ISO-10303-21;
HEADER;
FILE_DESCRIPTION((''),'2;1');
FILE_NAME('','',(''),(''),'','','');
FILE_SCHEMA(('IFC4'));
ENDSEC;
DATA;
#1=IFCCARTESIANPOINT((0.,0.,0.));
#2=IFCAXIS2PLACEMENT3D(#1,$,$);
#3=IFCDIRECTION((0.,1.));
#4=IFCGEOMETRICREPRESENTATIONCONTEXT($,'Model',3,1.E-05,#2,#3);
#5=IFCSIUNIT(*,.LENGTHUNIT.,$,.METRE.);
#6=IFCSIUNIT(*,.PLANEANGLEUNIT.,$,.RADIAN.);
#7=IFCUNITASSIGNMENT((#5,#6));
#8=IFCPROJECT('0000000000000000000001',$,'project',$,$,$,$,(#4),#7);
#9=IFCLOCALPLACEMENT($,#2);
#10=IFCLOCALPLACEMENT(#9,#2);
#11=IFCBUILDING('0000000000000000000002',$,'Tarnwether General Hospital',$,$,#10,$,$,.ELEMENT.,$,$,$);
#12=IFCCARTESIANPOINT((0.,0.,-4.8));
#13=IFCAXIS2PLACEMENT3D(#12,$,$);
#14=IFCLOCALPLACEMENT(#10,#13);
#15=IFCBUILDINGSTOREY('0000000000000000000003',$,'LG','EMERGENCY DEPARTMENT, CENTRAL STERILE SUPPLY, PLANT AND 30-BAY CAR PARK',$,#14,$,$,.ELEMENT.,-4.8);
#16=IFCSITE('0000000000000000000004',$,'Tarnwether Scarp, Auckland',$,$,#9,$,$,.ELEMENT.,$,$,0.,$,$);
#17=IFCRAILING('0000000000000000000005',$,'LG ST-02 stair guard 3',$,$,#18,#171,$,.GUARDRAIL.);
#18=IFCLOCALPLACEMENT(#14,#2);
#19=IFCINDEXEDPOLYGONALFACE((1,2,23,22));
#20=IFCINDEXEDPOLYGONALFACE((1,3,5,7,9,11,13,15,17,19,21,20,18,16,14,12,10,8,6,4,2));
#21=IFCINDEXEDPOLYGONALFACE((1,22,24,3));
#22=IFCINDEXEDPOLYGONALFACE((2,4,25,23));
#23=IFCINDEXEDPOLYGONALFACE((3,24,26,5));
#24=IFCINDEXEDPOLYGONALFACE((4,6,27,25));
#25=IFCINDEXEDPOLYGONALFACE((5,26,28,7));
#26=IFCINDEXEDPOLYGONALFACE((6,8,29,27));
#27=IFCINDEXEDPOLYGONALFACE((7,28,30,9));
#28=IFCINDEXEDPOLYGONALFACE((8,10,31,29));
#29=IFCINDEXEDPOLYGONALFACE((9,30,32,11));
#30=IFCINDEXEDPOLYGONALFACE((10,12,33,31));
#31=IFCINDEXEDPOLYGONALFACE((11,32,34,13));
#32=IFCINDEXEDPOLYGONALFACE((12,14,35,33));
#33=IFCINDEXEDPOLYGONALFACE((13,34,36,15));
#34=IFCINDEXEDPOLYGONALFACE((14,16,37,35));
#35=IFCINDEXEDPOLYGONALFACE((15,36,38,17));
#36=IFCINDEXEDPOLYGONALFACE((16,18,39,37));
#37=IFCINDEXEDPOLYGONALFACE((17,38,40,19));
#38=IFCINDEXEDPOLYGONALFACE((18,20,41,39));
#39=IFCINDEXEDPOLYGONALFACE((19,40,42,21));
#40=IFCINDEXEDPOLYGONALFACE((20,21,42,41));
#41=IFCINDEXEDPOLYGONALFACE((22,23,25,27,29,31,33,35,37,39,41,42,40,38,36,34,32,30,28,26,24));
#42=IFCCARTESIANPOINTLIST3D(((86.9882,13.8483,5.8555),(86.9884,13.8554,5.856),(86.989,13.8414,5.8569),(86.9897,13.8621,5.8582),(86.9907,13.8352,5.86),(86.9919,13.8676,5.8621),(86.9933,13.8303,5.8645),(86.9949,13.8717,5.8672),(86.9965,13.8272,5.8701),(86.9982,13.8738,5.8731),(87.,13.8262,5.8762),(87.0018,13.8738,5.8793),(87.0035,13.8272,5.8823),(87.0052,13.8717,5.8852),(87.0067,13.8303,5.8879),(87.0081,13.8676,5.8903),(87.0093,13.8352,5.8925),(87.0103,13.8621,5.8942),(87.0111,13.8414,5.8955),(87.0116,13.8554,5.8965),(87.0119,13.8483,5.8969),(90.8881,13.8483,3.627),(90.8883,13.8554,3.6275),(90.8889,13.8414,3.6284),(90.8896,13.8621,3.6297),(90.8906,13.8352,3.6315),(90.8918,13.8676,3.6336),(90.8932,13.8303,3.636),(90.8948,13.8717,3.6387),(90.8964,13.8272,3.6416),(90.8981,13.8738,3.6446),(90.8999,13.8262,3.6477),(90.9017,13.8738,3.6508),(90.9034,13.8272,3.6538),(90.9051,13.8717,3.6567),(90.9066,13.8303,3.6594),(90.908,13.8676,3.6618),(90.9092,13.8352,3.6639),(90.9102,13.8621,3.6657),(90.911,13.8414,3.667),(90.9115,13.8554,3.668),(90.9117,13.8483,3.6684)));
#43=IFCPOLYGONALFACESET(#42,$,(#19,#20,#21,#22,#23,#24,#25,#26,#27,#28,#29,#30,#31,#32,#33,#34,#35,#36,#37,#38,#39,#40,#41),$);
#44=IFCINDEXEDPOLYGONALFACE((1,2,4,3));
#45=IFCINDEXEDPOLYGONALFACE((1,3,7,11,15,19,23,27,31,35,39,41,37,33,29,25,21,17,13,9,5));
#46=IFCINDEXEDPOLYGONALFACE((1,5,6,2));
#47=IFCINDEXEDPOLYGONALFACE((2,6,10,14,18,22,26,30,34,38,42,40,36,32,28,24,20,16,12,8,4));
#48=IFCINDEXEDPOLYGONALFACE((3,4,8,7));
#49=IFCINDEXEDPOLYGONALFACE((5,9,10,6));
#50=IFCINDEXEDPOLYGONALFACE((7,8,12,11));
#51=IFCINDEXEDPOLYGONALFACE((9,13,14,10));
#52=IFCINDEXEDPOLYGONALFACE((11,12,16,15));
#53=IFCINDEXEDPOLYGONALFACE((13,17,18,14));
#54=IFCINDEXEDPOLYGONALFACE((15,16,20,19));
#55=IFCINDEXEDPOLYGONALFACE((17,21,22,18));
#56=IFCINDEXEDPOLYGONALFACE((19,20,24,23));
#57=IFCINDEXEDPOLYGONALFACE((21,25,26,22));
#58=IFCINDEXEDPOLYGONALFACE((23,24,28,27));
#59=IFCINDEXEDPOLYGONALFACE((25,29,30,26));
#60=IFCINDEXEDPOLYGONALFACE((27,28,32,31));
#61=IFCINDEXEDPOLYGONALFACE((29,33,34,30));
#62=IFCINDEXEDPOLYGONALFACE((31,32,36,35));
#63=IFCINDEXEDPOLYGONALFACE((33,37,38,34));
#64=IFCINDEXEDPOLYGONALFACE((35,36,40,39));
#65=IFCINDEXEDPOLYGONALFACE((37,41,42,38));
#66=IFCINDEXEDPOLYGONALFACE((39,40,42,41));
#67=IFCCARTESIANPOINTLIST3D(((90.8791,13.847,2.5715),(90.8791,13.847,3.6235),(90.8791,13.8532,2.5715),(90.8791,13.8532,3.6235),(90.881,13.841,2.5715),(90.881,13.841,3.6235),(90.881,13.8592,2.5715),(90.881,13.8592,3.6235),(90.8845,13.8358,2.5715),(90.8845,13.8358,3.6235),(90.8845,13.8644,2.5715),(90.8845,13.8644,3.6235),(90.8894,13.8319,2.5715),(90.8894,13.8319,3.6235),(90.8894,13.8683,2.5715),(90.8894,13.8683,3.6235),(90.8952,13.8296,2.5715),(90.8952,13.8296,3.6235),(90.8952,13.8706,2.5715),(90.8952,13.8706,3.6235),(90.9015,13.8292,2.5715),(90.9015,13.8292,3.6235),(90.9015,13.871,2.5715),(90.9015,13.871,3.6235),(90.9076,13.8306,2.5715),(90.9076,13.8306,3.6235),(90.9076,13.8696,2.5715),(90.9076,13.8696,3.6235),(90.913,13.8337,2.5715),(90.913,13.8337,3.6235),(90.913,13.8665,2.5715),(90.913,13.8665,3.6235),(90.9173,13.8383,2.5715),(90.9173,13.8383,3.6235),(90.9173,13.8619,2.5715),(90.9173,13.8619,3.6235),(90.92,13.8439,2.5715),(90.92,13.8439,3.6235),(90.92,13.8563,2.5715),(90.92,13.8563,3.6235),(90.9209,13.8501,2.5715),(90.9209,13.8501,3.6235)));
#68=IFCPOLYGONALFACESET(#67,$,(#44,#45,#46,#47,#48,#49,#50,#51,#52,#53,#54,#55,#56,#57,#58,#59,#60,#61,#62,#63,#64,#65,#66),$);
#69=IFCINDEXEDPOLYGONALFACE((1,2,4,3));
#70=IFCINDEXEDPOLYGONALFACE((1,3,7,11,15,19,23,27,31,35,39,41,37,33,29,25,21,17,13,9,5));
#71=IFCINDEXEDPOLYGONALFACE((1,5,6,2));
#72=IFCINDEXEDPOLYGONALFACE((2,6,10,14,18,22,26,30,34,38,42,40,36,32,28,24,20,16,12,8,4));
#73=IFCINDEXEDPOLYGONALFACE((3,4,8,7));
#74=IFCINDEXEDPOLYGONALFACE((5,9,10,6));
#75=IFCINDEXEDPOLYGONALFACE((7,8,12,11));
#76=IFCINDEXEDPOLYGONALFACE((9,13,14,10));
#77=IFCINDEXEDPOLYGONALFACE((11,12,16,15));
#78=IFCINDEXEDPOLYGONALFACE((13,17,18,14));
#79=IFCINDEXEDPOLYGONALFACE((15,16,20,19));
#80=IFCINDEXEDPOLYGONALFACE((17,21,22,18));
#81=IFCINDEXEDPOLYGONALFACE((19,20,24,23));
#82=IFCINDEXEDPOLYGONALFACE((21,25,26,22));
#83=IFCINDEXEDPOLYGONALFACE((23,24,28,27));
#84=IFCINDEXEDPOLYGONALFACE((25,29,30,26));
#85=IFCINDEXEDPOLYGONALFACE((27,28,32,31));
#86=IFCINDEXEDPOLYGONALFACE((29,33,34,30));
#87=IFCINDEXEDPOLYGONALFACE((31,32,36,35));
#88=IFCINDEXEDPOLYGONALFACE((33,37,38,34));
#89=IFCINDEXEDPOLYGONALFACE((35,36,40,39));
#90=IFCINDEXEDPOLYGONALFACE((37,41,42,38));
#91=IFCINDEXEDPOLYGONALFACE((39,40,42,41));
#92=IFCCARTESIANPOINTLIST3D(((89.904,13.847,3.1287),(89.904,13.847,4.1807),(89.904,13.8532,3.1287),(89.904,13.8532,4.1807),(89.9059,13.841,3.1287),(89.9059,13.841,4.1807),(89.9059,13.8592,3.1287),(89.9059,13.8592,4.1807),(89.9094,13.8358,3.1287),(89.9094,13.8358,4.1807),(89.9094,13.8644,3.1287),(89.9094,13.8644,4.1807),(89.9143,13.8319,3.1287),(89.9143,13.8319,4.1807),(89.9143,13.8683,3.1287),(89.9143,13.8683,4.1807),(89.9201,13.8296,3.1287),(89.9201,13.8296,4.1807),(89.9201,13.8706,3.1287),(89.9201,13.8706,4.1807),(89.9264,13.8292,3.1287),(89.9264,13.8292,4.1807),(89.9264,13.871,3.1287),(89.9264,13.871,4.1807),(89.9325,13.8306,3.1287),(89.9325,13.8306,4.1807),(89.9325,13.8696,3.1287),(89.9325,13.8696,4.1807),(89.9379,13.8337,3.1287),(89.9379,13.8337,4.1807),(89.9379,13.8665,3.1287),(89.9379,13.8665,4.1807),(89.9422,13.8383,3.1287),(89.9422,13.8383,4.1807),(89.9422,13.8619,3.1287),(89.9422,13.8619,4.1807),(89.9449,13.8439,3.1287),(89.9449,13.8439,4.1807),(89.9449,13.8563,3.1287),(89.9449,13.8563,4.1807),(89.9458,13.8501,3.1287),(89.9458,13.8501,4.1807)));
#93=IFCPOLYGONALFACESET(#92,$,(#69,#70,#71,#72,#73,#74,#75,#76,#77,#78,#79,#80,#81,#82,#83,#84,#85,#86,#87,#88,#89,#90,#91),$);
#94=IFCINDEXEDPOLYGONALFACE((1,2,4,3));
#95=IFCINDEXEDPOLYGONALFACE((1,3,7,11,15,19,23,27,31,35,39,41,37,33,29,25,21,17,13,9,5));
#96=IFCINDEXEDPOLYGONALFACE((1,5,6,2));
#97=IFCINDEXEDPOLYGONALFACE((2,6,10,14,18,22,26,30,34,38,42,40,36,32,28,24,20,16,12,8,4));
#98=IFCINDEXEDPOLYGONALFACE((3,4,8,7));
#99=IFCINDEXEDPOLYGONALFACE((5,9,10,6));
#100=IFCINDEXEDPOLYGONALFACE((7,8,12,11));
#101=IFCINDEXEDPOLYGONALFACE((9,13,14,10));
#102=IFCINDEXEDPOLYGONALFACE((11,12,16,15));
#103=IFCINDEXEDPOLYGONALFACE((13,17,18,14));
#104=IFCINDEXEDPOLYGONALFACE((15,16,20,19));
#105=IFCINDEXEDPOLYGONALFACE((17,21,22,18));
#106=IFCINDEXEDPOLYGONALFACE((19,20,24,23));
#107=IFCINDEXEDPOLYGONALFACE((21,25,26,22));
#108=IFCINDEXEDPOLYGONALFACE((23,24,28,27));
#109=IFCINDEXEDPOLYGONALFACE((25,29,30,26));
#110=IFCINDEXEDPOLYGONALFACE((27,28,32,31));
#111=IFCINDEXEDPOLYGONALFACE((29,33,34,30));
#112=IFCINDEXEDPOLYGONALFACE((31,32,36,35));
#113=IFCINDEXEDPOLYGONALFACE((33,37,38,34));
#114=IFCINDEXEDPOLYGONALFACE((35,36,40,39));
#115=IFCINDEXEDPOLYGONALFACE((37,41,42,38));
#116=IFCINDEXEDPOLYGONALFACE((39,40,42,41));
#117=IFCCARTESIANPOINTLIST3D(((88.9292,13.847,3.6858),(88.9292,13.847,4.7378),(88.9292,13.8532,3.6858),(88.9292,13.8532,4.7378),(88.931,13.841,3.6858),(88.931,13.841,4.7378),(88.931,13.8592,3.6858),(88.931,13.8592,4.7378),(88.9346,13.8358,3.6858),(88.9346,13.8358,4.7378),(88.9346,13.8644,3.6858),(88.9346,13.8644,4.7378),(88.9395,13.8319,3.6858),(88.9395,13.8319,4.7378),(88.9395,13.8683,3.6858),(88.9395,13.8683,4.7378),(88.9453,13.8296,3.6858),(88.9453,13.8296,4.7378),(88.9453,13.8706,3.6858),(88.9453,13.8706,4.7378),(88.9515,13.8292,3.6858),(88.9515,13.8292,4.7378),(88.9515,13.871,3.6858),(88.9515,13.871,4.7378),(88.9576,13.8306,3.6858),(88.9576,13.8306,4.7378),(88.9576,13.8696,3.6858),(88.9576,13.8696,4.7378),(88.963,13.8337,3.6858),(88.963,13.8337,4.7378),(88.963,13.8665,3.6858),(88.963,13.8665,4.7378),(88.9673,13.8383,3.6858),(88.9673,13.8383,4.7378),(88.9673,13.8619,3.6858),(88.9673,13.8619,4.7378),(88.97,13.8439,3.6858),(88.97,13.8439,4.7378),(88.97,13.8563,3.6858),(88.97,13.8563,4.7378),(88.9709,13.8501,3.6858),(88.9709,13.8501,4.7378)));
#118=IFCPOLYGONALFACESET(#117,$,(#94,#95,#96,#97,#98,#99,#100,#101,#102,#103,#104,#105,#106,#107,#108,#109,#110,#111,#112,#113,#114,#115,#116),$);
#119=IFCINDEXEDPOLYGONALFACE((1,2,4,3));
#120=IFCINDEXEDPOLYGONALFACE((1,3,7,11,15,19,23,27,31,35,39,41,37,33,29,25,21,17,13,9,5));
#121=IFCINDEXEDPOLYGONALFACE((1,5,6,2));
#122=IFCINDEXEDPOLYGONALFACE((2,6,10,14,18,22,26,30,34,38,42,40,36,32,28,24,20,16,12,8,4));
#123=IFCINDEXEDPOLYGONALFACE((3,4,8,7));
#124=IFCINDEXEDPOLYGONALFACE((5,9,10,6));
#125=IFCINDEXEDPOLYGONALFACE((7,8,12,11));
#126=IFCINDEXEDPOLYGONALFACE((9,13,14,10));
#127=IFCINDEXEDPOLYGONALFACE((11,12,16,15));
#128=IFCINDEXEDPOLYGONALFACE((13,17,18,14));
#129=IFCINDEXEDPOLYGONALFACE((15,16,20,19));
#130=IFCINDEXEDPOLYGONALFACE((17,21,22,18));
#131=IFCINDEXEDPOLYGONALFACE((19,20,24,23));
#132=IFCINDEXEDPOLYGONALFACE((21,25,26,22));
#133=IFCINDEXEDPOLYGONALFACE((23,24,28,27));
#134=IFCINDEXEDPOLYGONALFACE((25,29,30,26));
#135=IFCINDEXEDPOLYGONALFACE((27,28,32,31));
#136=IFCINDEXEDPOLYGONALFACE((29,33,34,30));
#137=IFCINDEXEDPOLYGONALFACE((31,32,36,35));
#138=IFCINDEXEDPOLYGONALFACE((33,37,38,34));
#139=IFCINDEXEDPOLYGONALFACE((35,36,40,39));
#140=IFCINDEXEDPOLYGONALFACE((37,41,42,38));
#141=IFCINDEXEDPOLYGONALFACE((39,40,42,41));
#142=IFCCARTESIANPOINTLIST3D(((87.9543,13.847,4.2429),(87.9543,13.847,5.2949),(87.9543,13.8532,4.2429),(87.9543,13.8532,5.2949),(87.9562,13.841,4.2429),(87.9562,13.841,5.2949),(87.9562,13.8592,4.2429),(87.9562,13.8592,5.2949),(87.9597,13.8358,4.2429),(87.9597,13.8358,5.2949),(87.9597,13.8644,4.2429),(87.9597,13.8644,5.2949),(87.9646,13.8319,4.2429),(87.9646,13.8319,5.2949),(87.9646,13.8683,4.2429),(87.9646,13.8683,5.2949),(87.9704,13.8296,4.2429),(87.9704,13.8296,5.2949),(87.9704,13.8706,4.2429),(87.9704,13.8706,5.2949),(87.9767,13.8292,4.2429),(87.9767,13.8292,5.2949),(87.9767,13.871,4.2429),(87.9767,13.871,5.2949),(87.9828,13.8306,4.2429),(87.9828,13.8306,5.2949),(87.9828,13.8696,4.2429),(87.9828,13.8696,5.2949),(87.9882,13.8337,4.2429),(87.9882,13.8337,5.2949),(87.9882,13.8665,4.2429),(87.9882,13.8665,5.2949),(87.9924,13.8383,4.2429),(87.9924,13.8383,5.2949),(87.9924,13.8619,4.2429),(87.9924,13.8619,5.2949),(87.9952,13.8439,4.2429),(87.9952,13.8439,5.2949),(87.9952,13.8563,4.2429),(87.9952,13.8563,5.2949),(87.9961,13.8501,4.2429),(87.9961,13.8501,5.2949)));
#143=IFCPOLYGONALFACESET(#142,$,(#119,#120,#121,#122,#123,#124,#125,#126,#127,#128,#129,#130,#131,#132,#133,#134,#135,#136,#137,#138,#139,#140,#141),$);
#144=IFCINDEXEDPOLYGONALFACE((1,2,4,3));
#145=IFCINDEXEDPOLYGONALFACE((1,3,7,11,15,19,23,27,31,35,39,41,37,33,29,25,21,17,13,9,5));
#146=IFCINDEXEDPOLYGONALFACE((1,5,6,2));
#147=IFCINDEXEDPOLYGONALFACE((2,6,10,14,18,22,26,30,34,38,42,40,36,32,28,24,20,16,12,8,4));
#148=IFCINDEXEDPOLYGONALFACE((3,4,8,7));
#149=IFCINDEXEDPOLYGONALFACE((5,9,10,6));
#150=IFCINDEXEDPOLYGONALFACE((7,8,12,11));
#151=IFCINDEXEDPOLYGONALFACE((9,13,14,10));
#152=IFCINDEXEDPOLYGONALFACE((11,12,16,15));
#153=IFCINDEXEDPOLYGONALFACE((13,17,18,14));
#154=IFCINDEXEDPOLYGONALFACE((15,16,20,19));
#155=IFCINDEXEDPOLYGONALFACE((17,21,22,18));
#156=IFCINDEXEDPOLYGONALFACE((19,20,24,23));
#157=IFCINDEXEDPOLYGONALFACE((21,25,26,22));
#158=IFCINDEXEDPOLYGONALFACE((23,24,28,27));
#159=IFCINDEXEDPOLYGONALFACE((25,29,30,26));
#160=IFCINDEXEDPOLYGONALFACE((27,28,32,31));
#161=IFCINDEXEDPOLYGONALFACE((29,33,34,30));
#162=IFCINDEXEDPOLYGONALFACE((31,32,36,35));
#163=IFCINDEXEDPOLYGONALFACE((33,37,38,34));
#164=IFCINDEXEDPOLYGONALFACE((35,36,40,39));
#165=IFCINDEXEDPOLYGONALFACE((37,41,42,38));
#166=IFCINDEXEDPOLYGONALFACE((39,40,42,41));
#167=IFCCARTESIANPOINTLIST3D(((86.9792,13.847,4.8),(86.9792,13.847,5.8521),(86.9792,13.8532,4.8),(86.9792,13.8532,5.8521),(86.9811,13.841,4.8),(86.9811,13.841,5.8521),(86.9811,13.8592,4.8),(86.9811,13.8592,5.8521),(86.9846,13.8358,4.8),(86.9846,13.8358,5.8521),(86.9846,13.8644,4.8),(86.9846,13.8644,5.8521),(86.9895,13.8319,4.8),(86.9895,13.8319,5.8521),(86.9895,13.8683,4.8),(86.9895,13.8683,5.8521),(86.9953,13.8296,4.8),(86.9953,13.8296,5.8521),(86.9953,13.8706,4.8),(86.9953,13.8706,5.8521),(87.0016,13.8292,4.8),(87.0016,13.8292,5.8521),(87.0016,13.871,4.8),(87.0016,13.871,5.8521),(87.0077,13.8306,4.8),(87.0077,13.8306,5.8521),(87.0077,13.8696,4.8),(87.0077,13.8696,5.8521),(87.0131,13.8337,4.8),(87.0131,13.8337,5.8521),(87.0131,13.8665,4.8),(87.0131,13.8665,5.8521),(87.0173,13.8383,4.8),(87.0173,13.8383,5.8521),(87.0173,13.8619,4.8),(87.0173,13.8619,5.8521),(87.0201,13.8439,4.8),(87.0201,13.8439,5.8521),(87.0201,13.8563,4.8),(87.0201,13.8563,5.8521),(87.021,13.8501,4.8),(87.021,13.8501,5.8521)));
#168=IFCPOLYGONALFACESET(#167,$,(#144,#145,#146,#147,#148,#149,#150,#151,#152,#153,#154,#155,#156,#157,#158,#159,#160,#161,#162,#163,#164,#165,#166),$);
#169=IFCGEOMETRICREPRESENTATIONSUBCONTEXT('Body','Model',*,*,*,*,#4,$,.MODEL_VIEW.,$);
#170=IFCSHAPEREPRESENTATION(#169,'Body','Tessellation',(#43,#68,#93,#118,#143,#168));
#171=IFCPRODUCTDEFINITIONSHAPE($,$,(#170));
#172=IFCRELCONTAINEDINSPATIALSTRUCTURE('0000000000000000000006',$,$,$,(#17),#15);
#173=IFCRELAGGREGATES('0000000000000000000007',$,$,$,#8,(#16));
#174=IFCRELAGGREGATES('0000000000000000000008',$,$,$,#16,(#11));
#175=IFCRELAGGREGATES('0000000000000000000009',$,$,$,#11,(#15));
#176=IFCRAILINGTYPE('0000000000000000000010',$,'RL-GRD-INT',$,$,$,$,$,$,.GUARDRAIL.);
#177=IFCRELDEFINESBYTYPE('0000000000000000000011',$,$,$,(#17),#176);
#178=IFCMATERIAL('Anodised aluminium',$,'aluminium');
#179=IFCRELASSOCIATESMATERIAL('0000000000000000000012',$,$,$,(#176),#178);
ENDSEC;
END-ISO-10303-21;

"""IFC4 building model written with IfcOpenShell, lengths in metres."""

from ifc_helpers import new_model, si_unit, direction, frame, origin, origin_2d, place, context, subcontext, project, spatial, circle, extrude, material, type_object, element, save


model = new_model("IFC4")

# Units and contexts
model_context = context("Model", 3, precision=1e-05, world=origin(), true_north=direction((0.0, 1.0)))
body_context = subcontext(model_context, "Body", "Model", "MODEL_VIEW")
ifc_project = project(units=[si_unit("LENGTHUNIT", "METRE"), si_unit("PLANEANGLEUNIT", "RADIAN")], contexts=[model_context])

# Site, building, storey
site_placement = place(None, origin())
site = spatial("IfcSite", under=ifc_project, at=site_placement, Name="Tarnwether Scarp, Auckland", CompositionType="ELEMENT", RefElevation=0.0)
building_placement = place(site_placement, origin())
building = spatial("IfcBuilding", under=site, at=building_placement, Name="Tarnwether General Hospital", CompositionType="ELEMENT")
storey_placement = place(building_placement, frame((0.0, 0.0, -4.8)))
storey = spatial("IfcBuildingStorey", under=building, at=storey_placement, Name="LG", Description="EMERGENCY DEPARTMENT, CENTRAL STERILE SUPPLY, PLANT AND 30-BAY CAR PARK", CompositionType="ELEMENT", Elevation=-4.8)

# Railing
ifc_material_1 = material(Name="Anodised aluminium", Category="aluminium")
railing_type_1 = type_object("IfcRailingType", Name="RL-GRD-INT", PredefinedType="GUARDRAIL", material=ifc_material_1)
railing_1_placement = place(storey_placement, frame((90.8999, 13.8501, 2.5715)))
element("IfcRailing", 1, at=railing_1_placement, inside=storey, type_object=railing_type_1, Name="LG ST-02 stair guard 3", PredefinedType="GUARDRAIL", context=body_context, shape_type="SweptSolid", body=[
    extrude(circle(Radius=0.0239, at=origin_2d()), frame((0.0, 0.0, 1.0762), z_axis=(-0.868243, 0.0, 0.496139), x_axis=(0.0, -1.0, 0.0)), (0.0, 0.0, 1.0), 4.4917),
    extrude(circle(Radius=0.021, at=origin_2d()), origin(), (0.0, 0.0, 1.0), 1.052),
    extrude(circle(Radius=0.021, at=origin_2d()), frame((-0.9751, 0.0, 0.5571)), (0.0, 0.0, 1.0), 1.052),
    extrude(circle(Radius=0.021, at=origin_2d()), frame((-1.95, 0.0, 1.1143)), (0.0, 0.0, 1.0), 1.052),
    extrude(circle(Radius=0.021, at=origin_2d()), frame((-2.9248, 0.0, 1.6714)), (0.0, 0.0, 1.0), 1.052),
    extrude(circle(Radius=0.021, at=origin_2d()), frame((-3.8999, 0.0, 2.2285)), (0.0, 0.0, 1.0), 1.052),
])

save(model, "model.ifc")
